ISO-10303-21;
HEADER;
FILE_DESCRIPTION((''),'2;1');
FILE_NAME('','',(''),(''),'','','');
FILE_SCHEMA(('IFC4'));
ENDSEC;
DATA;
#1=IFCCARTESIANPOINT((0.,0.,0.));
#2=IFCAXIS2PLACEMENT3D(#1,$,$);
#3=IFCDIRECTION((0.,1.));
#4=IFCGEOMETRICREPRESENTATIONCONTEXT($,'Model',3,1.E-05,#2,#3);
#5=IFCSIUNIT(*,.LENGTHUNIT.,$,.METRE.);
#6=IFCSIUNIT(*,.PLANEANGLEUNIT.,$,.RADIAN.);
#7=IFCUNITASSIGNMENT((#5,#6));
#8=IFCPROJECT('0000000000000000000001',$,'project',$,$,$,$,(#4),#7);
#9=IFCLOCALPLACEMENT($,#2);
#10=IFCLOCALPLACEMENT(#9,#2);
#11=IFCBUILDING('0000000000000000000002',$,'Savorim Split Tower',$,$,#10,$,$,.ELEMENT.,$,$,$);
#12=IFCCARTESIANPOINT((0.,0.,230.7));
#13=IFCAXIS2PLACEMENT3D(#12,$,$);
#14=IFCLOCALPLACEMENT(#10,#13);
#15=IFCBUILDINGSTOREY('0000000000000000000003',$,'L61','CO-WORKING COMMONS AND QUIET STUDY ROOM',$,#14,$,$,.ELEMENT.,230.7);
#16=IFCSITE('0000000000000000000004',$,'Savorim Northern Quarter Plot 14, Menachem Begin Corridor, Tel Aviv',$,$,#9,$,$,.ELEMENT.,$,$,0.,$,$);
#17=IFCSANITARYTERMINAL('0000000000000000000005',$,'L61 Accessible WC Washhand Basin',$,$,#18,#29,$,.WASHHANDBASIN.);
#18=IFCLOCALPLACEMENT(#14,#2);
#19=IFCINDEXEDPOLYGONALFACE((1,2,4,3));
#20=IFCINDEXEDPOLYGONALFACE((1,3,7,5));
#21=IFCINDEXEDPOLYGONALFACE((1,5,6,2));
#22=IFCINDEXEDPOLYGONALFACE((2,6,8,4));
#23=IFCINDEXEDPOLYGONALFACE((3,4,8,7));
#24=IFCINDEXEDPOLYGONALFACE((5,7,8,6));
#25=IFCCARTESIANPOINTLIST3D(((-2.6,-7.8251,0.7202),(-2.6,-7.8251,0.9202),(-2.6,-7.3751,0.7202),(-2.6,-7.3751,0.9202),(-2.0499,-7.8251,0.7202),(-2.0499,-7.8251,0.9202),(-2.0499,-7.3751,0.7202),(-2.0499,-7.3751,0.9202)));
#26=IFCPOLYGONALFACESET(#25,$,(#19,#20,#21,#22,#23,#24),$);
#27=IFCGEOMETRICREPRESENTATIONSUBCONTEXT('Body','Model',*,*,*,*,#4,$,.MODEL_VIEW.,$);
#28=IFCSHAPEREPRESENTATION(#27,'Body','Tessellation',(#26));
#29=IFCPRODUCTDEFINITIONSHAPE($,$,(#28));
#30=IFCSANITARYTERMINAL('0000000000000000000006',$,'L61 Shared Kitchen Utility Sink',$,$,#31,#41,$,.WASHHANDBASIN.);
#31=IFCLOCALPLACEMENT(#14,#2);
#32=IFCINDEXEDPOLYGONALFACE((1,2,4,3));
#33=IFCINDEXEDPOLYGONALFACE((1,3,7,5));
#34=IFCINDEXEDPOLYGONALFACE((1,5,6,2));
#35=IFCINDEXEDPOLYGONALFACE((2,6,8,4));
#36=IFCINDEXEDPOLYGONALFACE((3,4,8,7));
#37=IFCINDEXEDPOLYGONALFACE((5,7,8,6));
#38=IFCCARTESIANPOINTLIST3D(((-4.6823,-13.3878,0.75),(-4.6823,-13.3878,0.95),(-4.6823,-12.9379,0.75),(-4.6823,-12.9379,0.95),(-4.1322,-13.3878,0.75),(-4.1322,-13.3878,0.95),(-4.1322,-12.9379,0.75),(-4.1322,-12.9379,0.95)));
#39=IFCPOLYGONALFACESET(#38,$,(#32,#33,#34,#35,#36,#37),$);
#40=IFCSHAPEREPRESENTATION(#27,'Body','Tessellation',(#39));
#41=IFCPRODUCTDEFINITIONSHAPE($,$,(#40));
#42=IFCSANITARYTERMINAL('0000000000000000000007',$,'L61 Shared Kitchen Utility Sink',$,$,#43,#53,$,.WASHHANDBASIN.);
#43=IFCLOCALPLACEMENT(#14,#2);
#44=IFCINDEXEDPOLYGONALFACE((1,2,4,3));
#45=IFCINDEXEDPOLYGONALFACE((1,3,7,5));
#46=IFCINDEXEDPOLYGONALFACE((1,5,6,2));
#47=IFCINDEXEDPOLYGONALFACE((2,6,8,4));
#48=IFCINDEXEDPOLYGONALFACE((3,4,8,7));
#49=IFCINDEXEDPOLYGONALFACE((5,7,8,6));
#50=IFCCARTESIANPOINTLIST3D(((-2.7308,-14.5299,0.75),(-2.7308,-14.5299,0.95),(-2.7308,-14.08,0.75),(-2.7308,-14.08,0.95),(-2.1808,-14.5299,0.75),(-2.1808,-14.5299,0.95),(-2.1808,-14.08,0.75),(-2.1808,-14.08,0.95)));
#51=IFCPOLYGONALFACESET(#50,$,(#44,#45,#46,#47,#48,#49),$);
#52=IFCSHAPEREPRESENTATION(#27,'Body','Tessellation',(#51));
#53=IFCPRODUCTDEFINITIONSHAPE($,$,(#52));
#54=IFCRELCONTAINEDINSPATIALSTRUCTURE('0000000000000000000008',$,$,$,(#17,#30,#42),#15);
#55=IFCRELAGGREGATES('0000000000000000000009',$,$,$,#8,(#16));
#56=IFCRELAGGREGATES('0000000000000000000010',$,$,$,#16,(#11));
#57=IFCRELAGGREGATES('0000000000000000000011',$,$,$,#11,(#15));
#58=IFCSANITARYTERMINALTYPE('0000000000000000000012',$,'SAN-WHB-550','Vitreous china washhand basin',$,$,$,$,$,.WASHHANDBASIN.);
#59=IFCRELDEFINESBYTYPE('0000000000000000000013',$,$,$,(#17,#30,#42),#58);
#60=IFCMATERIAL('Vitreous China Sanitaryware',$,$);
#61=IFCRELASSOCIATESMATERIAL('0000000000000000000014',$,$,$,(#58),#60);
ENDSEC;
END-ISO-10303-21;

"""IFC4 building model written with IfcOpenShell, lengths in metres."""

from ifc_helpers import new_model, si_unit, direction, frame, origin, origin_2d, place, context, subcontext, project, spatial, rectangle, extrude, material, type_object, element, save


model = new_model("IFC4")

# Units and contexts
model_context = context("Model", 3, precision=1e-05, world=origin(), true_north=direction((0.0, 1.0)))
body_context = subcontext(model_context, "Body", "Model", "MODEL_VIEW")
ifc_project = project(units=[si_unit("LENGTHUNIT", "METRE"), si_unit("PLANEANGLEUNIT", "RADIAN")], contexts=[model_context])

# Site, building, storey
site_placement = place(None, origin())
site = spatial("IfcSite", under=ifc_project, at=site_placement, Name="Savorim Northern Quarter Plot 14, Menachem Begin Corridor, Tel Aviv", CompositionType="ELEMENT", RefElevation=0.0)
building_placement = place(site_placement, origin())
building = spatial("IfcBuilding", under=site, at=building_placement, Name="Savorim Split Tower", CompositionType="ELEMENT")
storey_placement = place(building_placement, frame((0.0, 0.0, 230.7)))
storey = spatial("IfcBuildingStorey", under=building, at=storey_placement, Name="L61", Description="CO-WORKING COMMONS AND QUIET STUDY ROOM", CompositionType="ELEMENT", Elevation=230.7)

# Sanitary terminals
ifc_material_1 = material(Name="Vitreous China Sanitaryware")
sanitary_terminal_type_1 = type_object("IfcSanitaryTerminalType", Name="SAN-WHB-550", Description="Vitreous china washhand basin", PredefinedType="WASHHANDBASIN", material=ifc_material_1)
for number, where, z_axis, x_axis, name in (
    (1, (-2.325, -7.6001, 0.7202), (0.0, 0.0, 1.0), (1.0, 0.0, 0.0), "L61 Accessible WC Washhand Basin"),
    (2, (-4.4072, -13.1628, 0.75), (0.0, 0.0, 1.0), (1.0, 0.0, 0.0), "L61 Shared Kitchen Utility Sink"),
    (3, (-2.4558, -14.3049, 0.75), (0.0, 0.0, 1.0), (1.0, 0.0, 0.0), "L61 Shared Kitchen Utility Sink"),
):
    element("IfcSanitaryTerminal", number, at=place(storey_placement, frame(where, z_axis=z_axis, x_axis=x_axis)), inside=storey, type_object=sanitary_terminal_type_1, Name=name, PredefinedType="WASHHANDBASIN", context=body_context, shape_type="SweptSolid", body=[
        extrude(rectangle(XDim=0.55, YDim=0.45, at=origin_2d()), origin(), (0.0, 0.0, 1.0), 0.2),
    ])

save(model, "model.ifc")
